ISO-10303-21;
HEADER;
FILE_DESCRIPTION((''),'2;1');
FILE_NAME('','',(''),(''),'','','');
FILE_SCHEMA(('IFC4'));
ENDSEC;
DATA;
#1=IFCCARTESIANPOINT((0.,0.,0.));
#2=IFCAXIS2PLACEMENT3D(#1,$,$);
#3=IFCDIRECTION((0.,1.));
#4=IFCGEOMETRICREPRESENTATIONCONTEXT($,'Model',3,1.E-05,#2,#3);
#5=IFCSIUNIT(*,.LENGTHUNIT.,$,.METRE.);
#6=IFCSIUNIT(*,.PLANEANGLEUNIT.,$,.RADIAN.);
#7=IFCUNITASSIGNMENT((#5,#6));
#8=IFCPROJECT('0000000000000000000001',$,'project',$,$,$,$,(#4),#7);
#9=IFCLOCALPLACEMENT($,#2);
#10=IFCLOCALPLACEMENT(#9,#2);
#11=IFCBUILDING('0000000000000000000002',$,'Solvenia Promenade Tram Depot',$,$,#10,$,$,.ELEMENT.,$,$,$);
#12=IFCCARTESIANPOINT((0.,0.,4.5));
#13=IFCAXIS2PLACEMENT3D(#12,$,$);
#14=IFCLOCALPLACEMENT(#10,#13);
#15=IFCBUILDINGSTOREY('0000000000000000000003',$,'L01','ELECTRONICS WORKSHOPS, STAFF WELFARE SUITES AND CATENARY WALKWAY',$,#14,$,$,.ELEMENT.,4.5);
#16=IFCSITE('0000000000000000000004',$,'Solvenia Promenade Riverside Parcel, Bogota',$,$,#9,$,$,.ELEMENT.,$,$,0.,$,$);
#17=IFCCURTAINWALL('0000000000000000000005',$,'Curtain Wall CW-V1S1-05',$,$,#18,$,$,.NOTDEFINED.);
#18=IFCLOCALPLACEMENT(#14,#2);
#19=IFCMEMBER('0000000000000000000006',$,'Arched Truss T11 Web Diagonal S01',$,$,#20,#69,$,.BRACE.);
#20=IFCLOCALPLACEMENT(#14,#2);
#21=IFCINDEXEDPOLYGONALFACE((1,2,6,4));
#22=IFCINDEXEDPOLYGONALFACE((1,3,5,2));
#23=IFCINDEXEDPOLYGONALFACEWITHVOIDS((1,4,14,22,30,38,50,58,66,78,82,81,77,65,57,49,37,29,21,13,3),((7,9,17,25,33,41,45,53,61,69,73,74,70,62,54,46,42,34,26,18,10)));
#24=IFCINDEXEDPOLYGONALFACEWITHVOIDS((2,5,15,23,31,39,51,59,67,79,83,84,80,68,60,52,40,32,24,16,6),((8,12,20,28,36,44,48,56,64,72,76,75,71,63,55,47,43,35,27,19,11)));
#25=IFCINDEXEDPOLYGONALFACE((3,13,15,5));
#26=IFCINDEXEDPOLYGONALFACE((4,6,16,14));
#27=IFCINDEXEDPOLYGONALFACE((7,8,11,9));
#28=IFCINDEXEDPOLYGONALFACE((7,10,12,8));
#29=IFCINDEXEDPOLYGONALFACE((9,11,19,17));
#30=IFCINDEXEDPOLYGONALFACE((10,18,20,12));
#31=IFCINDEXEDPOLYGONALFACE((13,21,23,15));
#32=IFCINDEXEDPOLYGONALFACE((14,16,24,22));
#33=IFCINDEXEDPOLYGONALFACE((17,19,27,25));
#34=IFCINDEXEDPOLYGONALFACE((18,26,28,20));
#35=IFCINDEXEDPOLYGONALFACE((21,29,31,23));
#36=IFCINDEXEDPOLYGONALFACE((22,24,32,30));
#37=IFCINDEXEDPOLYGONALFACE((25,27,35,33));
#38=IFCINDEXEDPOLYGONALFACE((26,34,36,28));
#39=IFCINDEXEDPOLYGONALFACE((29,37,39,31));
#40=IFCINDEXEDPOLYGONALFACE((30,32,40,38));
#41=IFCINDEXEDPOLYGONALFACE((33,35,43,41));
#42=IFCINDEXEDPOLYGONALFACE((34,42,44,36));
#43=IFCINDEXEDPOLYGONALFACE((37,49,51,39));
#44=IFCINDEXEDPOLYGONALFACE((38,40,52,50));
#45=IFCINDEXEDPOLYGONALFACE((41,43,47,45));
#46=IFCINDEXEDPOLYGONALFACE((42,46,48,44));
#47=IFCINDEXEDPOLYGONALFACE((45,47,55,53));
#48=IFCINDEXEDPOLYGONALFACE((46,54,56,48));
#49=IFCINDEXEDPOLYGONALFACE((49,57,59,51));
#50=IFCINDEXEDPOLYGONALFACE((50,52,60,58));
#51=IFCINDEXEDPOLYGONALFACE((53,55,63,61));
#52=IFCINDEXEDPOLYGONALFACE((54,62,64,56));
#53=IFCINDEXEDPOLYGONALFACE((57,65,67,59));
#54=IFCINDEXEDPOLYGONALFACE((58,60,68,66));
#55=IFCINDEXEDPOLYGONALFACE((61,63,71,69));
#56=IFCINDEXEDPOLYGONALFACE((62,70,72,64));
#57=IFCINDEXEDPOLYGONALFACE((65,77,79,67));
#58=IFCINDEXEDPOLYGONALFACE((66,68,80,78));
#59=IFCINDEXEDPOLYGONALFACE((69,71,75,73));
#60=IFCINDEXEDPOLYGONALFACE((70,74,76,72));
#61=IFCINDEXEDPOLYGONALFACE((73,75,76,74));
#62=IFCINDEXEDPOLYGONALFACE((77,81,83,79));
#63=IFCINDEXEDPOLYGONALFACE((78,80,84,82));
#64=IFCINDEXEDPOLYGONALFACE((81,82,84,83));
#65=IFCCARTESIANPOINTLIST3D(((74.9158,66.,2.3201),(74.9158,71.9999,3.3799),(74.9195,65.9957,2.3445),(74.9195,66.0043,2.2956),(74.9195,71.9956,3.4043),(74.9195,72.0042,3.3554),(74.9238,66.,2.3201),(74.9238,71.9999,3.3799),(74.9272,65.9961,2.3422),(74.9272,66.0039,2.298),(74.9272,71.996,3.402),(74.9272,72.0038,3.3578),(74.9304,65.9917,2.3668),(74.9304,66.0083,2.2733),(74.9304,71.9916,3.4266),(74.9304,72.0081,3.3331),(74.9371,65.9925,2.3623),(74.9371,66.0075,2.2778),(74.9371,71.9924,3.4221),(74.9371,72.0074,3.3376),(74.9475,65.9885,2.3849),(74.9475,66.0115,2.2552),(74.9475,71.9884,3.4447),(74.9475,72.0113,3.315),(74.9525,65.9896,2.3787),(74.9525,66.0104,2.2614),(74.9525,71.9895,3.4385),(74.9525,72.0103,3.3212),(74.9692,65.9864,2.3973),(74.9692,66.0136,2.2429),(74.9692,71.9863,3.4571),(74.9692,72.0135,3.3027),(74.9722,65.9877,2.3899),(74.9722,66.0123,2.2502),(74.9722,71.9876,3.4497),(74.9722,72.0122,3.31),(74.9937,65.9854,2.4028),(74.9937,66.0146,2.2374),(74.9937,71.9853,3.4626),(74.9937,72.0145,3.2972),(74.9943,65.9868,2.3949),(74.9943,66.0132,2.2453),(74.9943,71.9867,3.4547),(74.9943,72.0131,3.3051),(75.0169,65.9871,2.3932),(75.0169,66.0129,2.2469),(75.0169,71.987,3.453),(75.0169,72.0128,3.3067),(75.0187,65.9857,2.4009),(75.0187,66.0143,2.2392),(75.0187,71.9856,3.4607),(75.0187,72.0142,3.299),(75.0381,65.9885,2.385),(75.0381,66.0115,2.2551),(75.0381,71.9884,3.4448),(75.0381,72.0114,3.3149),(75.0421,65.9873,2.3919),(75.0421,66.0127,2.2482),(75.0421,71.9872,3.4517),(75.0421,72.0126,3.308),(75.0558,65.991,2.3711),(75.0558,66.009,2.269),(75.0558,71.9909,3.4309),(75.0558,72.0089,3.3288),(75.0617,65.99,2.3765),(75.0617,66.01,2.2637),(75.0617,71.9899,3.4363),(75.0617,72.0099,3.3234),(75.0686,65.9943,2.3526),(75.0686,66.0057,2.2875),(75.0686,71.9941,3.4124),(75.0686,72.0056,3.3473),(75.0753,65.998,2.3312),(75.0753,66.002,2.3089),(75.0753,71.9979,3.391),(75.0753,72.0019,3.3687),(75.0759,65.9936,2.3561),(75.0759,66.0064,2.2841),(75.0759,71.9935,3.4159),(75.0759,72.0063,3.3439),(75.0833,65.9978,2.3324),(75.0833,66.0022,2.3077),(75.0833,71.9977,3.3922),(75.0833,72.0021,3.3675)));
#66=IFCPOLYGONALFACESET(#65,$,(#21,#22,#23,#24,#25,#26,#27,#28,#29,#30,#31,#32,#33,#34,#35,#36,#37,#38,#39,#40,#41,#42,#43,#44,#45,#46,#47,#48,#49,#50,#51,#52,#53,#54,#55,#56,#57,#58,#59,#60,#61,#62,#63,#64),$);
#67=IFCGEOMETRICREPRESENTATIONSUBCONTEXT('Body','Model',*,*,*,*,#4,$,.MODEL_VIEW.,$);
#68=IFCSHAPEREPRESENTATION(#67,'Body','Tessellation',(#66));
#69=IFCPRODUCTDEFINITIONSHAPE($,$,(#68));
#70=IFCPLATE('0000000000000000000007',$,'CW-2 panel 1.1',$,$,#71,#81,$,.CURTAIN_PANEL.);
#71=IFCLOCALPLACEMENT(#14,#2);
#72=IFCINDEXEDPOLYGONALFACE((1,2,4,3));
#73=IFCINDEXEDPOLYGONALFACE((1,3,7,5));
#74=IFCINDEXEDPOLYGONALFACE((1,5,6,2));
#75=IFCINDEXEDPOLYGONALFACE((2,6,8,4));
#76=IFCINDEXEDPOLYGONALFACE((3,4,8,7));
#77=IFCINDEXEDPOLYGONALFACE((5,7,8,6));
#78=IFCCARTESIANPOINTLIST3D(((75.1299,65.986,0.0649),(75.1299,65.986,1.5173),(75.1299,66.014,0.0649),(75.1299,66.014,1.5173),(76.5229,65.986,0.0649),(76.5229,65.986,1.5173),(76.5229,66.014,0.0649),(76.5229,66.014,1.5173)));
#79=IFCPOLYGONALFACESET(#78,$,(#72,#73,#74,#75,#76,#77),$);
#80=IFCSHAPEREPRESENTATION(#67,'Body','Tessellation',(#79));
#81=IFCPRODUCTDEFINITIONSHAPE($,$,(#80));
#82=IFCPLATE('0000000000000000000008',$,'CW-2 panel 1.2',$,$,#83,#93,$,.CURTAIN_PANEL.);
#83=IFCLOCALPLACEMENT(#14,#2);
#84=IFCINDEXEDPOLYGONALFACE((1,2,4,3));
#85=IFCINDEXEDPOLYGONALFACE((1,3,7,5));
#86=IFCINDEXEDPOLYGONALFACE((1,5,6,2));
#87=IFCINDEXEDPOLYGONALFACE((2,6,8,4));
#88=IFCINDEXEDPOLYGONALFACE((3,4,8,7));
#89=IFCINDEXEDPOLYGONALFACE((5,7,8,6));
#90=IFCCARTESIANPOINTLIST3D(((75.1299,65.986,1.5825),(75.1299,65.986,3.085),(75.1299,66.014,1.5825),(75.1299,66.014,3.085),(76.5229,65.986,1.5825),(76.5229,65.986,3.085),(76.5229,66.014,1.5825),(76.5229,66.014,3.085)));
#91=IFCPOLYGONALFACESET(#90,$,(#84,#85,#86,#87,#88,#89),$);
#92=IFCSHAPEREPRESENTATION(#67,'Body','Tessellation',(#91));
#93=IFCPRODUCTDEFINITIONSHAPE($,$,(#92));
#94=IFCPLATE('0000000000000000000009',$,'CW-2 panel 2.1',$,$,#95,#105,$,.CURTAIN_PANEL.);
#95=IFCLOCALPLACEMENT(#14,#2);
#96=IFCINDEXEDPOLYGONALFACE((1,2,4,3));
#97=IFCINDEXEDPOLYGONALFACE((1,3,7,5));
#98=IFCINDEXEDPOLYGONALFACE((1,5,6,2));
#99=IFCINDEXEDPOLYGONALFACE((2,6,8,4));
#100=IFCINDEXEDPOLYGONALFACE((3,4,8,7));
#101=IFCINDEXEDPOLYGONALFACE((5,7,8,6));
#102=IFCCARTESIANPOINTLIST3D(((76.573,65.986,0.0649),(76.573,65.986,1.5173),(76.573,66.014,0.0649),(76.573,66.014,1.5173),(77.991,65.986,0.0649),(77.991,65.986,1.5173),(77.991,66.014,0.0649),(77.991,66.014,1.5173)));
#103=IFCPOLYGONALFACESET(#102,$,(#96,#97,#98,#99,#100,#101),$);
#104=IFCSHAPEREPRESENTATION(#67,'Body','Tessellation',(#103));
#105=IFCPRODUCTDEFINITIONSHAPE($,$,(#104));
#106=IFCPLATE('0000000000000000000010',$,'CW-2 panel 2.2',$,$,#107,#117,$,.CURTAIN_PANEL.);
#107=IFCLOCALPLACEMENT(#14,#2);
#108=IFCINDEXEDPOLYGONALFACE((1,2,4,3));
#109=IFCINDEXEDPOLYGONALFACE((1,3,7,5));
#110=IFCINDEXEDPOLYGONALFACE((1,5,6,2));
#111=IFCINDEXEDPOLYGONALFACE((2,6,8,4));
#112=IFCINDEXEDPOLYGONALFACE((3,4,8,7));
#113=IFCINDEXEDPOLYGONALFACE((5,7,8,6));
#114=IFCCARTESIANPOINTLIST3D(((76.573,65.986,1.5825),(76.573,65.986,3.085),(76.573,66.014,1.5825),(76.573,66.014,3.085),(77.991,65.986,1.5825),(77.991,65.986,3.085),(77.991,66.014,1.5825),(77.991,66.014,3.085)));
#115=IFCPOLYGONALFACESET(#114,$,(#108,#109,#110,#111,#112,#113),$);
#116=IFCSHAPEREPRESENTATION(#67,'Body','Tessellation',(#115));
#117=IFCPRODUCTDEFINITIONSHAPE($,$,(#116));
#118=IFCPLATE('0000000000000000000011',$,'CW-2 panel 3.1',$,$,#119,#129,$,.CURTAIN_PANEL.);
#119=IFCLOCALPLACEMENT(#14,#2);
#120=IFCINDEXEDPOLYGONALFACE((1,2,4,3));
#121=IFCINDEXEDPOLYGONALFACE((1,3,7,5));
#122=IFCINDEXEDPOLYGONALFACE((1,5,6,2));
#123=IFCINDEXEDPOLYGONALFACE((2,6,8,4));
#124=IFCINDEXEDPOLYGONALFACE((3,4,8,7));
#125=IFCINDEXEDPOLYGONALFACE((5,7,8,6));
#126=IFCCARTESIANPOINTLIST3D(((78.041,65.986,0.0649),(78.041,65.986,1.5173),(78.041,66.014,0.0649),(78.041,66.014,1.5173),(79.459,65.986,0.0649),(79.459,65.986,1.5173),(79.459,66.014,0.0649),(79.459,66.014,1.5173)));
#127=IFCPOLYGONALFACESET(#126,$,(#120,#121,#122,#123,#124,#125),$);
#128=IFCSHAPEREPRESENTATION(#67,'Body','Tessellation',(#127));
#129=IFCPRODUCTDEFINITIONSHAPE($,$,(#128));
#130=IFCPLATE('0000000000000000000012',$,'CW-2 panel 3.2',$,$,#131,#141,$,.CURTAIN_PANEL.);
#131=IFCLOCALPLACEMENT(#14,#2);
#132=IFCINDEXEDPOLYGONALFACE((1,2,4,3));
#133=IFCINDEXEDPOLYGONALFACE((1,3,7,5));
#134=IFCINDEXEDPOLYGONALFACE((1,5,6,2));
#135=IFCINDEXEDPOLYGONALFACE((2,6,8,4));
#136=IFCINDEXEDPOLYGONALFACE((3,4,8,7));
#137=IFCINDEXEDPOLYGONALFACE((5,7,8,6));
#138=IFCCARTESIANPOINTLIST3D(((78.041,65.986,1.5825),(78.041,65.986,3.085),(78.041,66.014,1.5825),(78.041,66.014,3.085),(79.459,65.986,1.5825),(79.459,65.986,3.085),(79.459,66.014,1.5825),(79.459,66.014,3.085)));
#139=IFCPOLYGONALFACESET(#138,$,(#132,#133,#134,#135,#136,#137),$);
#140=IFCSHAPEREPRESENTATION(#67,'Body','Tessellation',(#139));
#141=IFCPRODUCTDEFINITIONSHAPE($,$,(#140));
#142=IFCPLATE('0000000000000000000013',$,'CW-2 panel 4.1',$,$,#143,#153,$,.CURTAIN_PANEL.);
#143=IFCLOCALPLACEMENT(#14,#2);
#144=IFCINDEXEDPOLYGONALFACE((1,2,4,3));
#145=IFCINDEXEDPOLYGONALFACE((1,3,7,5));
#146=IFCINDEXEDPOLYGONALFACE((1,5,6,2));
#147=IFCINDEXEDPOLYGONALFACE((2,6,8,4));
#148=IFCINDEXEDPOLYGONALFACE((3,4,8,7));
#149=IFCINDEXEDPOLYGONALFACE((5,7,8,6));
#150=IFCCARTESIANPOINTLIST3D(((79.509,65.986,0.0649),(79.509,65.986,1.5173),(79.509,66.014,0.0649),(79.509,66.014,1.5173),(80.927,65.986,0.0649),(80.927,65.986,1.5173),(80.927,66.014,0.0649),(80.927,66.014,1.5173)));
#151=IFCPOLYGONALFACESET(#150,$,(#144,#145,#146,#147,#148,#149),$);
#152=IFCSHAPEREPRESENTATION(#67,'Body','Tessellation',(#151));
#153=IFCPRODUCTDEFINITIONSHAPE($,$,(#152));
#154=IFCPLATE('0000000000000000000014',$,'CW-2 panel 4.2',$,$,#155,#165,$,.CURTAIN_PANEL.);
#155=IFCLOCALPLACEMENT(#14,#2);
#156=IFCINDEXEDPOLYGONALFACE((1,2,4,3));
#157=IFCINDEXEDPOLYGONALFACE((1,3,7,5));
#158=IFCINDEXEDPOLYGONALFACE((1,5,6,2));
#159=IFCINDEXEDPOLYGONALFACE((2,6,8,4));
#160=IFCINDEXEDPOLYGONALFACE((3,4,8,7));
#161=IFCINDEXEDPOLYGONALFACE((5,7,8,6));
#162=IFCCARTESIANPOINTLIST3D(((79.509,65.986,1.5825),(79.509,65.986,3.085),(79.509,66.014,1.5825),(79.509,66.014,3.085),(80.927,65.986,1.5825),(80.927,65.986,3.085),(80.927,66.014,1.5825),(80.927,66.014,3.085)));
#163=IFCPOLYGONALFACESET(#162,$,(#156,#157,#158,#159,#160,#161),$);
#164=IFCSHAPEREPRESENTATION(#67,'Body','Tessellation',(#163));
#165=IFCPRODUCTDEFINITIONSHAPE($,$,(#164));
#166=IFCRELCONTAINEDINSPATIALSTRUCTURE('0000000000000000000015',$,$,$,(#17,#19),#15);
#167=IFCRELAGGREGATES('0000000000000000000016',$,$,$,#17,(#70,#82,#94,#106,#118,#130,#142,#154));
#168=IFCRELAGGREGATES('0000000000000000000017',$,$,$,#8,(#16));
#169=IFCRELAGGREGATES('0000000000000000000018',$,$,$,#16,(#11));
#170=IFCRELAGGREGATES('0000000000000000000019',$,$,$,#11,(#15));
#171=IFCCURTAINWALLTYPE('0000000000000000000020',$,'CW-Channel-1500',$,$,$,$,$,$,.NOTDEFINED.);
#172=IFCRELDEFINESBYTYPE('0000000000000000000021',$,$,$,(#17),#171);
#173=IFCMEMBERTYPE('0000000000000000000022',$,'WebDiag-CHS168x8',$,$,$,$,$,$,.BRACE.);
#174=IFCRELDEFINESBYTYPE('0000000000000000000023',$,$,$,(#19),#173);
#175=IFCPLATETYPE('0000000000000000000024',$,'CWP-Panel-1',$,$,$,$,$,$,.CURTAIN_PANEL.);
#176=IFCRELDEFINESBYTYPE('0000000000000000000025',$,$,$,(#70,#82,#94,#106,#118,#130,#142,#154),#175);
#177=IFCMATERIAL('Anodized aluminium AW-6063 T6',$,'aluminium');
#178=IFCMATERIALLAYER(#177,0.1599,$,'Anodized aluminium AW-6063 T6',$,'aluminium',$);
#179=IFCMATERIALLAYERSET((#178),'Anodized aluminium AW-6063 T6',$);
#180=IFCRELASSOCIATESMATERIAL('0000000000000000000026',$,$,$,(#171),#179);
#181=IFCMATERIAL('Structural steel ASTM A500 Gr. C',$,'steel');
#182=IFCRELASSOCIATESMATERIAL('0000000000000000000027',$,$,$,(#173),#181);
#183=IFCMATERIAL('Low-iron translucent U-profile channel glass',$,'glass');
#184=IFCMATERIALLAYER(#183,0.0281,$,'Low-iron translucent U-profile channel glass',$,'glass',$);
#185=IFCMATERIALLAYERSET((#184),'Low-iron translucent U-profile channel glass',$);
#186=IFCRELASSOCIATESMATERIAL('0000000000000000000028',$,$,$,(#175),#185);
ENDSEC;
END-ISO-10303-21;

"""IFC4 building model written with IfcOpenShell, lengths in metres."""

from ifc_helpers import new_model, si_unit, direction, frame, origin, origin_2d, place, context, subcontext, project, spatial, rectangle, hollow_circle, extrude, material, layer, layer_set, material_profile, profile_set, type_object, element, aggregate, save


model = new_model("IFC4")

# Units and contexts
model_context = context("Model", 3, precision=1e-05, world=origin(), true_north=direction((0.0, 1.0)))
body_context = subcontext(model_context, "Body", "Model", "MODEL_VIEW")
ifc_project = project(units=[si_unit("LENGTHUNIT", "METRE"), si_unit("PLANEANGLEUNIT", "RADIAN")], contexts=[model_context])

# Site, building, storey
site_placement = place(None, origin())
site = spatial("IfcSite", under=ifc_project, at=site_placement, Name="Solvenia Promenade Riverside Parcel, Bogota", CompositionType="ELEMENT", RefElevation=0.0)
building_placement = place(site_placement, origin())
building = spatial("IfcBuilding", under=site, at=building_placement, Name="Solvenia Promenade Tram Depot", CompositionType="ELEMENT")
storey_placement = place(building_placement, frame((0.0, 0.0, 4.5)))
storey = spatial("IfcBuildingStorey", under=building, at=storey_placement, Name="L01", Description="ELECTRONICS WORKSHOPS, STAFF WELFARE SUITES AND CATENARY WALKWAY", CompositionType="ELEMENT", Elevation=4.5)

# Curtain wall
ifc_material_1 = material(Name="Anodized aluminium AW-6063 T6", Category="aluminium")
ifc_layer_1 = layer(ifc_material_1, 0.1599, Name="Anodized aluminium AW-6063 T6", Category="aluminium")
ifc_layer_set_1 = layer_set([ifc_layer_1], Name="Anodized aluminium AW-6063 T6")
curtain_wall_type = type_object("IfcCurtainWallType", Name="CW-Channel-1500", PredefinedType="NOTDEFINED", material=ifc_layer_set_1)
curtain_wall_placement = place(storey_placement, origin())
curtain_wall = element("IfcCurtainWall", 1, at=curtain_wall_placement, inside=storey, type_object=curtain_wall_type, Name="Curtain Wall CW-V1S1-05", PredefinedType="NOTDEFINED")

# Shared definitions
ifc_material_2 = material(Name="Structural steel ASTM A500 Gr. C", Category="steel")

# Member
ifc_material_profile_1 = material_profile(ifc_material_2, hollow_circle(Radius=0.0842, WallThickness=0.0081, at=origin_2d()), Name="CHS168.3x8", Category="steel")
ifc_profile_set_1 = profile_set([ifc_material_profile_1], Name="Structural steel ASTM A500 Gr. C")
member_type_1 = type_object("IfcMemberType", Name="WebDiag-CHS168x8", PredefinedType="BRACE", material=ifc_profile_set_1)
member_1_placement = place(storey_placement, frame((75.0, 66.0, 2.3201), z_axis=(0.0, 0.984756, 0.173943), x_axis=(-1.0, 0.0, 0.0)))
element("IfcMember", 2, at=member_1_placement, inside=storey, type_object=member_type_1, Name="Arched Truss T11 Web Diagonal S01", PredefinedType="BRACE", context=body_context, shape_type="SweptSolid", body=[
    extrude(hollow_circle(Radius=0.0842, WallThickness=0.0081, at=origin_2d()), origin(), (0.0, 0.0, 1.0), 6.0928),
])

# Plates
ifc_material_3 = material(Name="Low-iron translucent U-profile channel glass", Category="glass")
ifc_layer_2 = layer(ifc_material_3, 0.0281, Name="Low-iron translucent U-profile channel glass", Category="glass")
ifc_layer_set_2 = layer_set([ifc_layer_2], Name="Low-iron translucent U-profile channel glass")
plate_type = type_object("IfcPlateType", Name="CWP-Panel-1", PredefinedType="CURTAIN_PANEL", material=ifc_layer_set_2)
plate_1_placement = place(storey_placement, frame((75.8264, 66.0, 0.0649), z_axis=(0.0, 0.0, 1.0), x_axis=(1.0, 0.0, 0.0)))
plate_1 = element("IfcPlate", 3, at=plate_1_placement, type_object=plate_type, Name="CW-2 panel 1.1", PredefinedType="CURTAIN_PANEL", context=body_context, shape_type="SweptSolid", body=[
    extrude(rectangle(XDim=1.3931, YDim=0.0281, at=origin_2d()), origin(), (0.0, 0.0, 1.0), 1.4524),
])
plate_2_placement = place(storey_placement, frame((75.8264, 66.0, 1.5825), z_axis=(0.0, 0.0, 1.0), x_axis=(1.0, 0.0, 0.0)))
plate_2 = element("IfcPlate", 4, at=plate_2_placement, type_object=plate_type, Name="CW-2 panel 1.2", PredefinedType="CURTAIN_PANEL", context=body_context, shape_type="SweptSolid", body=[
    extrude(rectangle(XDim=1.3931, YDim=0.0281, at=origin_2d()), origin(), (0.0, 0.0, 1.0), 1.5024),
])
plate_3_placement = place(storey_placement, frame((77.282, 66.0, 0.0649), z_axis=(0.0, 0.0, 1.0), x_axis=(1.0, 0.0, 0.0)))
plate_3 = element("IfcPlate", 5, at=plate_3_placement, type_object=plate_type, Name="CW-2 panel 2.1", PredefinedType="CURTAIN_PANEL", context=body_context, shape_type="SweptSolid", body=[
    extrude(rectangle(XDim=1.418, YDim=0.0281, at=origin_2d()), origin(), (0.0, 0.0, 1.0), 1.4524),
])
plate_4_placement = place(storey_placement, frame((77.282, 66.0, 1.5825), z_axis=(0.0, 0.0, 1.0), x_axis=(1.0, 0.0, 0.0)))
plate_4 = element("IfcPlate", 6, at=plate_4_placement, type_object=plate_type, Name="CW-2 panel 2.2", PredefinedType="CURTAIN_PANEL", context=body_context, shape_type="SweptSolid", body=[
    extrude(rectangle(XDim=1.418, YDim=0.0281, at=origin_2d()), origin(), (0.0, 0.0, 1.0), 1.5024),
])
plate_5_placement = place(storey_placement, frame((78.75, 66.0, 0.0649), z_axis=(0.0, 0.0, 1.0), x_axis=(1.0, 0.0, 0.0)))
plate_5 = element("IfcPlate", 7, at=plate_5_placement, type_object=plate_type, Name="CW-2 panel 3.1", PredefinedType="CURTAIN_PANEL", context=body_context, shape_type="SweptSolid", body=[
    extrude(rectangle(XDim=1.418, YDim=0.0281, at=origin_2d()), origin(), (0.0, 0.0, 1.0), 1.4524),
])
plate_6_placement = place(storey_placement, frame((78.75, 66.0, 1.5825), z_axis=(0.0, 0.0, 1.0), x_axis=(1.0, 0.0, 0.0)))
plate_6 = element("IfcPlate", 8, at=plate_6_placement, type_object=plate_type, Name="CW-2 panel 3.2", PredefinedType="CURTAIN_PANEL", context=body_context, shape_type="SweptSolid", body=[
    extrude(rectangle(XDim=1.418, YDim=0.0281, at=origin_2d()), origin(), (0.0, 0.0, 1.0), 1.5024),
])
plate_7_placement = place(storey_placement, frame((80.218, 66.0, 0.0649), z_axis=(0.0, 0.0, 1.0), x_axis=(1.0, 0.0, 0.0)))
plate_7 = element("IfcPlate", 9, at=plate_7_placement, type_object=plate_type, Name="CW-2 panel 4.1", PredefinedType="CURTAIN_PANEL", context=body_context, shape_type="SweptSolid", body=[
    extrude(rectangle(XDim=1.418, YDim=0.0281, at=origin_2d()), origin(), (0.0, 0.0, 1.0), 1.4524),
])
plate_8_placement = place(storey_placement, frame((80.218, 66.0, 1.5825), z_axis=(0.0, 0.0, 1.0), x_axis=(1.0, 0.0, 0.0)))
plate_8 = element("IfcPlate", 10, at=plate_8_placement, type_object=plate_type, Name="CW-2 panel 4.2", PredefinedType="CURTAIN_PANEL", context=body_context, shape_type="SweptSolid", body=[
    extrude(rectangle(XDim=1.418, YDim=0.0281, at=origin_2d()), origin(), (0.0, 0.0, 1.0), 1.5024),
])
aggregate(curtain_wall, [plate_1, plate_2, plate_3, plate_4, plate_5, plate_6, plate_7, plate_8])

save(model, "model.ifc")
